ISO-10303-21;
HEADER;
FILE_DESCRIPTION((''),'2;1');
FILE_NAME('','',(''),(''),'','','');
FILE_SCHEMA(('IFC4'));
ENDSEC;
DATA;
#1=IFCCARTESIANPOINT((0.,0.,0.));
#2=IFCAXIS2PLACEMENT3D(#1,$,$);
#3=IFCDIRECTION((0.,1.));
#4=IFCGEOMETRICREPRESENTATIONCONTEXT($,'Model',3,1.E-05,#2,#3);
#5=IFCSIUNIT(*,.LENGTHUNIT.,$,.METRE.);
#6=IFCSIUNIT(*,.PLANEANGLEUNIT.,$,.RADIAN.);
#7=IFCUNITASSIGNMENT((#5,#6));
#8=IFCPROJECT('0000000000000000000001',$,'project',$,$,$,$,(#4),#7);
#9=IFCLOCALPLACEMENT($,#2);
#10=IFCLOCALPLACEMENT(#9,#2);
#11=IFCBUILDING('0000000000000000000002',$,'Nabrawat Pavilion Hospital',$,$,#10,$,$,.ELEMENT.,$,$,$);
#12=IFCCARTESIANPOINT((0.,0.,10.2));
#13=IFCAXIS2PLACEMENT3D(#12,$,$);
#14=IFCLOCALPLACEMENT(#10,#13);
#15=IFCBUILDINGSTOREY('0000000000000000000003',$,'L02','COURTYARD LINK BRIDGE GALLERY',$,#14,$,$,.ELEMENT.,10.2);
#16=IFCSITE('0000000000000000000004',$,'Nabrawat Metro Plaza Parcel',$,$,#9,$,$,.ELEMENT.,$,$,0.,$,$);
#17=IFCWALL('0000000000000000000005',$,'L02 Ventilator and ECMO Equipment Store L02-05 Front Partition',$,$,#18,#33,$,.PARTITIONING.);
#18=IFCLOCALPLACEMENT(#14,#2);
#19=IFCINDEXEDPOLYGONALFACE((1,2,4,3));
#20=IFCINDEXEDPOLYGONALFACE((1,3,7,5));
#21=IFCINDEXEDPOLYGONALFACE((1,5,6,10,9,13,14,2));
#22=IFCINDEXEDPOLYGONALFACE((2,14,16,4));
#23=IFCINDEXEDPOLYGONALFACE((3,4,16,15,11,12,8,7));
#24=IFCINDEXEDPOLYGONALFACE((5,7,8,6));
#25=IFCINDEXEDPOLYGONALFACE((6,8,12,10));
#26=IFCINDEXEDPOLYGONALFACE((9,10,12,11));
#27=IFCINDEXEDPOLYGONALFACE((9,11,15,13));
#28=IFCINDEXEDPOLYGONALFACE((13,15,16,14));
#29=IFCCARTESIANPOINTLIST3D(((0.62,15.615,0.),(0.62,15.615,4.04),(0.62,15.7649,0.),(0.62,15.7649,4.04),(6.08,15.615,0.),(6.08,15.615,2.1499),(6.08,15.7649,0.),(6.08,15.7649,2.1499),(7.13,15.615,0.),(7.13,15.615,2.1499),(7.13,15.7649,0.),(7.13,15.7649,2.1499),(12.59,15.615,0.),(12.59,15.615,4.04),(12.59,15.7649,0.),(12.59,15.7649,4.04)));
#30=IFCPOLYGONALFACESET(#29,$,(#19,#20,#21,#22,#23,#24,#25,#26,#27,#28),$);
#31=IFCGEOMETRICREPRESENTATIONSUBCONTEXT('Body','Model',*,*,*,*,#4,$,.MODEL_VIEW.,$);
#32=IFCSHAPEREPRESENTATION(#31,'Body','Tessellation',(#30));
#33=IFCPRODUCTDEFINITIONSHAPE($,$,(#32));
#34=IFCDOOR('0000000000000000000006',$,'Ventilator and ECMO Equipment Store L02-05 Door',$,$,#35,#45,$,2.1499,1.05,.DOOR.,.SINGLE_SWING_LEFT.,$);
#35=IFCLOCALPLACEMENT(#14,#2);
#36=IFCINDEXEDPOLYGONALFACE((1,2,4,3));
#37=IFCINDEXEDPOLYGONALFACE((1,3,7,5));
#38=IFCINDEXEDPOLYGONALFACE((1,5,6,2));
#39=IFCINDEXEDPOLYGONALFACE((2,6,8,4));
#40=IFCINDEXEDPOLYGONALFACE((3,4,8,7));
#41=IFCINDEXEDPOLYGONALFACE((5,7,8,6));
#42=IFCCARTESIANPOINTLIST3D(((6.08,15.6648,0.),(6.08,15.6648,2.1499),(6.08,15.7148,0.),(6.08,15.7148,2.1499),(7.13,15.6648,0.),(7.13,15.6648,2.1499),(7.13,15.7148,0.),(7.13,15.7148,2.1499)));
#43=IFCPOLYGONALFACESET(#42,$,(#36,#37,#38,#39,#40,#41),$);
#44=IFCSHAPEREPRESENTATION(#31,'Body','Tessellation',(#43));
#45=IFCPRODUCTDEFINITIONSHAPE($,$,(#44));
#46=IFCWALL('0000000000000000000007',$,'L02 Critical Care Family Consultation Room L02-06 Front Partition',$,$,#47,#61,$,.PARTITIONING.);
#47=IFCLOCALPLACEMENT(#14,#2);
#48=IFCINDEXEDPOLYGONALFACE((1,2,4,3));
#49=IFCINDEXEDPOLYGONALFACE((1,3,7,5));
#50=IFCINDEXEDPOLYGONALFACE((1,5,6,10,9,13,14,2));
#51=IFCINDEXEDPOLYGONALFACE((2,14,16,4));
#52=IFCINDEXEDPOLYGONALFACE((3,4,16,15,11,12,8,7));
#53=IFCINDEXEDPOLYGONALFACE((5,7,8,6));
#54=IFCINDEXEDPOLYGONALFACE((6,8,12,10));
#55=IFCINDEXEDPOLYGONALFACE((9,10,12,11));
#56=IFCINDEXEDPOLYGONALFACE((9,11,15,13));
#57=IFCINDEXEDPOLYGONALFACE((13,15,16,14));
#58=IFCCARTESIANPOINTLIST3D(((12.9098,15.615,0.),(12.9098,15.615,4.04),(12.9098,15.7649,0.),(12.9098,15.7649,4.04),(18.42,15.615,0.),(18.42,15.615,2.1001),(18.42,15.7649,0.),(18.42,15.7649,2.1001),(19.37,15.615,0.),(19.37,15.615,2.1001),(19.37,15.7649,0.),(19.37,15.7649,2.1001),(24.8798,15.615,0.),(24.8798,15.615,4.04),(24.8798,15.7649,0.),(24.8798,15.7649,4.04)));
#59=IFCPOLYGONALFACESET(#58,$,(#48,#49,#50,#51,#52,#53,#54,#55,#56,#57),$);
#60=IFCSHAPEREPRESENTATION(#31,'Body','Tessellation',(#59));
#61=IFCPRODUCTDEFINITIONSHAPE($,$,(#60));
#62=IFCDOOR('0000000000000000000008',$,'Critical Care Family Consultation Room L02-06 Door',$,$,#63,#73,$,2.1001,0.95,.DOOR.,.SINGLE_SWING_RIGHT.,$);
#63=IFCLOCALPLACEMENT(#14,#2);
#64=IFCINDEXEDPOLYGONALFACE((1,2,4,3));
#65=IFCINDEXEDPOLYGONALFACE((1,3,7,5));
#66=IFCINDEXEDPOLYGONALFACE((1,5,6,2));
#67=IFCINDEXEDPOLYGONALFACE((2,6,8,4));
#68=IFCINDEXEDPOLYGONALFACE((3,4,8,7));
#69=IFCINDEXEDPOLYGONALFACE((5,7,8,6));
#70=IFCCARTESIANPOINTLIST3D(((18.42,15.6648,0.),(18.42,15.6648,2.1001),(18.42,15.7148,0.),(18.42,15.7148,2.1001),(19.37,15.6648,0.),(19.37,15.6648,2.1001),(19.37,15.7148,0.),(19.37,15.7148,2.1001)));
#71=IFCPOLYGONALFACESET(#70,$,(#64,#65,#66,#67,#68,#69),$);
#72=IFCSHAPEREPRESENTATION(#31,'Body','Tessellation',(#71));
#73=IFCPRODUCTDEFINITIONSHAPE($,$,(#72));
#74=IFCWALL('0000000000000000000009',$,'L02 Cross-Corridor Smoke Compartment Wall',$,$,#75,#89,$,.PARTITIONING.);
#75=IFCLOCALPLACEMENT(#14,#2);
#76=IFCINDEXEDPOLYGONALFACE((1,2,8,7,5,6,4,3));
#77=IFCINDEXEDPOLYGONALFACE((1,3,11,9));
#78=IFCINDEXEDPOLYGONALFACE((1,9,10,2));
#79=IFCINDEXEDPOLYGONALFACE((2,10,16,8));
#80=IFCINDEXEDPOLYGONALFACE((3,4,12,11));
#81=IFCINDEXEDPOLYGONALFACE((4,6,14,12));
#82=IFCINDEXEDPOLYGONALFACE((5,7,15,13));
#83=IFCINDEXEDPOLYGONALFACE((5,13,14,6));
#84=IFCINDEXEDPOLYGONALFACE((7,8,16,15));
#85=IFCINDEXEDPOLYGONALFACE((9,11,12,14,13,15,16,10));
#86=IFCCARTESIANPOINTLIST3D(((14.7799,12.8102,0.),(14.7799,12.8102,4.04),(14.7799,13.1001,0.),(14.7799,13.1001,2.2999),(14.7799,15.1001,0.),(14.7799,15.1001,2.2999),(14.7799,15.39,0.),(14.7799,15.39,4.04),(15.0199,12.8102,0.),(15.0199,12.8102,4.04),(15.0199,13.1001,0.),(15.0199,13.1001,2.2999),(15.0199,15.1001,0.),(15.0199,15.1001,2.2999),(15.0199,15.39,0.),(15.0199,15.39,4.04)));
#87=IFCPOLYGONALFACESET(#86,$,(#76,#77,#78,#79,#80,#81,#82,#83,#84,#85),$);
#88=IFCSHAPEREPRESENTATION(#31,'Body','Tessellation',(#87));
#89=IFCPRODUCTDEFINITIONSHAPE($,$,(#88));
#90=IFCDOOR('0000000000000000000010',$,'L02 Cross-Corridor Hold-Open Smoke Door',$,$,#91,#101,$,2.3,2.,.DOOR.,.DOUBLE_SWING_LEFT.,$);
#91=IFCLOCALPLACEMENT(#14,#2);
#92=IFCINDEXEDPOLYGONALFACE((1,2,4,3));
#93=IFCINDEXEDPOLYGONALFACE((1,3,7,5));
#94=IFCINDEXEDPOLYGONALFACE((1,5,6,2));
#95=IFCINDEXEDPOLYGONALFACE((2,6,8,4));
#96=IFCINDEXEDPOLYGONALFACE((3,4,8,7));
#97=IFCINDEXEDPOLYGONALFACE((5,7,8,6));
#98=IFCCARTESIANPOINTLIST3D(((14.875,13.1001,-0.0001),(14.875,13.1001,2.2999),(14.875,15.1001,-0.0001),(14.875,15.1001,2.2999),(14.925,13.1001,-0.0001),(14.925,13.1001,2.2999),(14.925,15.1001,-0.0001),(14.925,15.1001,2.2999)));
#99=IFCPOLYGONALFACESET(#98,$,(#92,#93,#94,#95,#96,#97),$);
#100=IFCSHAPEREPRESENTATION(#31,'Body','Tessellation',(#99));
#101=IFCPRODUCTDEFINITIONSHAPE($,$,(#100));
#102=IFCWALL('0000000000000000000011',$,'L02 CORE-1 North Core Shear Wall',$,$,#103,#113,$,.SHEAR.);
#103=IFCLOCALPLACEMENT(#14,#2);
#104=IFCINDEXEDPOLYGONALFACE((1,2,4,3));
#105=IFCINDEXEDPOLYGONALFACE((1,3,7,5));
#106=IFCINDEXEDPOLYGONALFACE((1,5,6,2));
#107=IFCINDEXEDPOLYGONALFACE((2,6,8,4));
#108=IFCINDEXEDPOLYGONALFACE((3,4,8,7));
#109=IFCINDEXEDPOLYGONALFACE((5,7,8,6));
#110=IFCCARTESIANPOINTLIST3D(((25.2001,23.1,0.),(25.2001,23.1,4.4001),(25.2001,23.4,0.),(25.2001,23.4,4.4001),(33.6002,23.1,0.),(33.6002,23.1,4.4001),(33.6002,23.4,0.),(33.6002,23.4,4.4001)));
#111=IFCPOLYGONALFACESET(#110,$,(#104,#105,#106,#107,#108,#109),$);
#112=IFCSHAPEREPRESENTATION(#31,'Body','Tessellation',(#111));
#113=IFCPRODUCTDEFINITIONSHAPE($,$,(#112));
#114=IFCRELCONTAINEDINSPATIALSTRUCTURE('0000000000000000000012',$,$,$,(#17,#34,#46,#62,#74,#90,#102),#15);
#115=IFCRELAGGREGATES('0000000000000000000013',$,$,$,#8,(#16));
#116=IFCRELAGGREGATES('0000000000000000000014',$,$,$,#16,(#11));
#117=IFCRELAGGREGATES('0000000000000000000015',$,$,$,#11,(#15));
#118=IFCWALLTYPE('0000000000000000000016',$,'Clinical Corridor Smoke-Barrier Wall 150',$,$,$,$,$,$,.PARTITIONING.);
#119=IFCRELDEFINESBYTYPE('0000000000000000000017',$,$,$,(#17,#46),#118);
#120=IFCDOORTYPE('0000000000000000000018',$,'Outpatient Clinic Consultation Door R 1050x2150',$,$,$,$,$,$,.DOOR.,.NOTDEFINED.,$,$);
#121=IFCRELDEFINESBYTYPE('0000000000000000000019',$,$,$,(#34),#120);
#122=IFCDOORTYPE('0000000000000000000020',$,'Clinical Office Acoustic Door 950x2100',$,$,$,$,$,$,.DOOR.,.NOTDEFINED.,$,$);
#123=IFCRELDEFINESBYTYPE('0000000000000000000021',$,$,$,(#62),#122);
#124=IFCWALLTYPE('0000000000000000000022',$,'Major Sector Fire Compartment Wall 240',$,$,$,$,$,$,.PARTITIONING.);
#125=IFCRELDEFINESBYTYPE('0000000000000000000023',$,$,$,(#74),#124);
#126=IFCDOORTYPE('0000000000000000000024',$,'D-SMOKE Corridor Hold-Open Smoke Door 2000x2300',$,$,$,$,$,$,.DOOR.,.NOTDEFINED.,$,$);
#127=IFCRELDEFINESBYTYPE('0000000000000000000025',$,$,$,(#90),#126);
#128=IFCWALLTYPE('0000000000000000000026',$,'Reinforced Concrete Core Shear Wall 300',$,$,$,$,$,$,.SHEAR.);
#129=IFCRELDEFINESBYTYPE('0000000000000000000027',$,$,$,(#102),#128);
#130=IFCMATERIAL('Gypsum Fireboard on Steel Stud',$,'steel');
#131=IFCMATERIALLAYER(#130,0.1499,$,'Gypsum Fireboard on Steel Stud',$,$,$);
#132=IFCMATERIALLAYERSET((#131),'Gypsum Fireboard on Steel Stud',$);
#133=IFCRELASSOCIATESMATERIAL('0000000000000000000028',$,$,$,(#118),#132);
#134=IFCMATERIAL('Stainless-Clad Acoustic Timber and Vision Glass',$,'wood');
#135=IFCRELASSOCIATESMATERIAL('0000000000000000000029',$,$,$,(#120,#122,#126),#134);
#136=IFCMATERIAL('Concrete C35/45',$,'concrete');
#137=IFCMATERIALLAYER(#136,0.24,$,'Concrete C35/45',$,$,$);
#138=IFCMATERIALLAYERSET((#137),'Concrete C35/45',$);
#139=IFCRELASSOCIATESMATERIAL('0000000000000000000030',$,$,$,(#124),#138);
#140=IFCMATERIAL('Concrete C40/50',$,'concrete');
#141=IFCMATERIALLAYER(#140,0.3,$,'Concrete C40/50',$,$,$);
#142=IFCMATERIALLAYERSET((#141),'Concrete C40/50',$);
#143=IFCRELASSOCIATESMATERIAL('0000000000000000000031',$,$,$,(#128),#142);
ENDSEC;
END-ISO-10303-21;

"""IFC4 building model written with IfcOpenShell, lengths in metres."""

from ifc_helpers import new_model, si_unit, direction, frame, frame_2d, origin, place, context, subcontext, project, spatial, rectangle, extrude, material, layer, layer_set, type_object, element, fill, save


model = new_model("IFC4")

# Units and contexts
model_context = context("Model", 3, precision=1e-05, world=origin(), true_north=direction((0.0, 1.0)))
body_context = subcontext(model_context, "Body", "Model", "MODEL_VIEW")
ifc_project = project(units=[si_unit("LENGTHUNIT", "METRE"), si_unit("PLANEANGLEUNIT", "RADIAN")], contexts=[model_context])

# Site, building, storey
site_placement = place(None, origin())
site = spatial("IfcSite", under=ifc_project, at=site_placement, Name="Nabrawat Metro Plaza Parcel", CompositionType="ELEMENT", RefElevation=0.0)
building_placement = place(site_placement, origin())
building = spatial("IfcBuilding", under=site, at=building_placement, Name="Nabrawat Pavilion Hospital", CompositionType="ELEMENT")
storey_placement = place(building_placement, frame((0.0, 0.0, 10.2)))
storey = spatial("IfcBuildingStorey", under=building, at=storey_placement, Name="L02", Description="COURTYARD LINK BRIDGE GALLERY", CompositionType="ELEMENT", Elevation=10.2)

# Shared definitions
ifc_material_1 = material(Name="Concrete C40/50", Category="concrete")

# Walls, openings, doors
ifc_material_2 = material(Name="Gypsum Fireboard on Steel Stud", Category="steel")
ifc_layer_1 = layer(ifc_material_2, 0.1499, Name="Gypsum Fireboard on Steel Stud")
ifc_layer_set_1 = layer_set([ifc_layer_1], Name="Gypsum Fireboard on Steel Stud")
wall_type_1 = type_object("IfcWallType", Name="Clinical Corridor Smoke-Barrier Wall 150", PredefinedType="PARTITIONING", material=ifc_layer_set_1)
ifc_material_3 = material(Name="Stainless-Clad Acoustic Timber and Vision Glass", Category="wood")
wall_1_placement = place(storey_placement, frame((0.6201, 15.6899, 0.0), z_axis=(0.0, 0.0, 1.0), x_axis=(1.0, 0.0, 0.0)))
wall_1 = element("IfcWall", 1, at=wall_1_placement, inside=storey, type_object=wall_type_1, Name="L02 Ventilator and ECMO Equipment Store L02-05 Front Partition", PredefinedType="PARTITIONING", context=body_context, shape_type="SweptSolid", body=[
    extrude(rectangle(XDim=11.97, YDim=0.1499, at=frame_2d((5.9849, 0.0))), origin(), (0.0, 0.0, 1.0), 4.04),
])
opening_1_placement = place(wall_1_placement, frame((5.46, 0.0, 0.0)))
opening_1 = element("IfcOpeningElement", 2, at=opening_1_placement, cuts=wall_1, PredefinedType="OPENING", context=body_context, shape_type="SweptSolid", body=[
    extrude(rectangle(XDim=1.05, YDim=2.1499, at=frame_2d((0.5249, 1.075))), frame((0.0, 0.085, 0.0), z_axis=(0.0, -1.0, 0.0), x_axis=(1.0, 0.0, 0.0)), (0.0, 0.0, 1.0), 0.1699),
])
door_type_1 = type_object("IfcDoorType", Name="Outpatient Clinic Consultation Door R 1050x2150", OperationType="NOTDEFINED", PredefinedType="DOOR", material=ifc_material_3)
door_1_placement = place(opening_1_placement, origin())
door_1 = element("IfcDoor", 3, at=door_1_placement, inside=storey, type_object=door_type_1, Name="Ventilator and ECMO Equipment Store L02-05 Door", OperationType="SINGLE_SWING_LEFT", OverallHeight=2.1499, OverallWidth=1.05, PredefinedType="DOOR", context=body_context, shape_type="SweptSolid", body=[
    extrude(rectangle(XDim=1.05, YDim=2.1499, at=frame_2d((0.5249, 1.075))), frame((0.0, 0.0249, 0.0), z_axis=(0.0, -1.0, 0.0), x_axis=(1.0, 0.0, 0.0)), (0.0, 0.0, 1.0), 0.05),
])
fill(opening_1, door_1)
wall_2_placement = place(storey_placement, frame((12.9099, 15.6899, 0.0), z_axis=(0.0, 0.0, 1.0), x_axis=(1.0, 0.0, 0.0)))
wall_2 = element("IfcWall", 4, at=wall_2_placement, inside=storey, type_object=wall_type_1, Name="L02 Critical Care Family Consultation Room L02-06 Front Partition", PredefinedType="PARTITIONING", context=body_context, shape_type="SweptSolid", body=[
    extrude(rectangle(XDim=11.97, YDim=0.1499, at=frame_2d((5.9849, 0.0))), origin(), (0.0, 0.0, 1.0), 4.04),
])
opening_2_placement = place(wall_2_placement, frame((5.51, 0.0, 0.0)))
opening_2 = element("IfcOpeningElement", 5, at=opening_2_placement, cuts=wall_2, PredefinedType="OPENING", context=body_context, shape_type="SweptSolid", body=[
    extrude(rectangle(XDim=0.95, YDim=2.1001, at=frame_2d((0.4751, 1.05))), frame((0.0, 0.085, 0.0), z_axis=(0.0, -1.0, 0.0), x_axis=(1.0, 0.0, 0.0)), (0.0, 0.0, 1.0), 0.1699),
])
door_type_2 = type_object("IfcDoorType", Name="Clinical Office Acoustic Door 950x2100", OperationType="NOTDEFINED", PredefinedType="DOOR", material=ifc_material_3)
door_2_placement = place(opening_2_placement, origin())
door_2 = element("IfcDoor", 6, at=door_2_placement, inside=storey, type_object=door_type_2, Name="Critical Care Family Consultation Room L02-06 Door", OperationType="SINGLE_SWING_RIGHT", OverallHeight=2.1001, OverallWidth=0.95, PredefinedType="DOOR", context=body_context, shape_type="SweptSolid", body=[
    extrude(rectangle(XDim=0.95, YDim=2.1001, at=frame_2d((0.4751, 1.05))), frame((0.0, 0.0249, 0.0), z_axis=(0.0, -1.0, 0.0), x_axis=(1.0, 0.0, 0.0)), (0.0, 0.0, 1.0), 0.05),
])
fill(opening_2, door_2)
ifc_material_4 = material(Name="Concrete C35/45", Category="concrete")
ifc_layer_2 = layer(ifc_material_4, 0.24, Name="Concrete C35/45")
ifc_layer_set_2 = layer_set([ifc_layer_2], Name="Concrete C35/45")
wall_type_2 = type_object("IfcWallType", Name="Major Sector Fire Compartment Wall 240", PredefinedType="PARTITIONING", material=ifc_layer_set_2)
wall_3_placement = place(storey_placement, frame((14.8999, 12.8101, 0.0), z_axis=(0.0, 0.0, 1.0), x_axis=(0.0, 1.0, 0.0)))
wall_3 = element("IfcWall", 7, at=wall_3_placement, inside=storey, type_object=wall_type_2, Name="L02 Cross-Corridor Smoke Compartment Wall", PredefinedType="PARTITIONING", context=body_context, shape_type="SweptSolid", body=[
    extrude(rectangle(XDim=2.5798, YDim=0.24, at=frame_2d((1.29, 0.0))), origin(), (0.0, 0.0, 1.0), 4.04),
])
opening_3_placement = place(wall_3_placement, frame((0.29, 0.0, 0.0)))
opening_3 = element("IfcOpeningElement", 8, at=opening_3_placement, cuts=wall_3, PredefinedType="OPENING", context=body_context, shape_type="SweptSolid", body=[
    extrude(rectangle(XDim=2.0, YDim=2.3, at=frame_2d((1.0, 1.1499))), frame((0.0, 0.1299, 0.0), z_axis=(0.0, -1.0, 0.0), x_axis=(1.0, 0.0, 0.0)), (0.0, 0.0, 1.0), 0.26),
])
door_type_3 = type_object("IfcDoorType", Name="D-SMOKE Corridor Hold-Open Smoke Door 2000x2300", OperationType="NOTDEFINED", PredefinedType="DOOR", material=ifc_material_3)
door_3_placement = place(opening_3_placement, origin())
door_3 = element("IfcDoor", 9, at=door_3_placement, inside=storey, type_object=door_type_3, Name="L02 Cross-Corridor Hold-Open Smoke Door", OperationType="DOUBLE_SWING_LEFT", OverallHeight=2.3, OverallWidth=2.0, PredefinedType="DOOR", context=body_context, shape_type="SweptSolid", body=[
    extrude(rectangle(XDim=2.0, YDim=2.3, at=frame_2d((1.0, 1.1499))), frame((0.0, 0.0249, 0.0), z_axis=(0.0, -1.0, 0.0), x_axis=(1.0, 0.0, 0.0)), (0.0, 0.0, 1.0), 0.05),
])
fill(opening_3, door_3)

# Shared definitions
ifc_layer_3 = layer(ifc_material_1, 0.3, Name="Concrete C40/50")
ifc_layer_set_3 = layer_set([ifc_layer_3], Name="Concrete C40/50")
wall_type_3 = type_object("IfcWallType", Name="Reinforced Concrete Core Shear Wall 300", PredefinedType="SHEAR", material=ifc_layer_set_3)

# Wall
wall_4_placement = place(storey_placement, frame((25.2, 23.25, 0.0), z_axis=(0.0, 0.0, 1.0), x_axis=(1.0, 0.0, 0.0)))
element("IfcWall", 10, at=wall_4_placement, inside=storey, type_object=wall_type_3, Name="L02 CORE-1 North Core Shear Wall", PredefinedType="SHEAR", context=body_context, shape_type="SweptSolid", body=[
    extrude(rectangle(XDim=8.4001, YDim=0.3, at=frame_2d((4.2002, 0.0))), origin(), (0.0, 0.0, 1.0), 4.4001),
])

save(model, "model.ifc")
